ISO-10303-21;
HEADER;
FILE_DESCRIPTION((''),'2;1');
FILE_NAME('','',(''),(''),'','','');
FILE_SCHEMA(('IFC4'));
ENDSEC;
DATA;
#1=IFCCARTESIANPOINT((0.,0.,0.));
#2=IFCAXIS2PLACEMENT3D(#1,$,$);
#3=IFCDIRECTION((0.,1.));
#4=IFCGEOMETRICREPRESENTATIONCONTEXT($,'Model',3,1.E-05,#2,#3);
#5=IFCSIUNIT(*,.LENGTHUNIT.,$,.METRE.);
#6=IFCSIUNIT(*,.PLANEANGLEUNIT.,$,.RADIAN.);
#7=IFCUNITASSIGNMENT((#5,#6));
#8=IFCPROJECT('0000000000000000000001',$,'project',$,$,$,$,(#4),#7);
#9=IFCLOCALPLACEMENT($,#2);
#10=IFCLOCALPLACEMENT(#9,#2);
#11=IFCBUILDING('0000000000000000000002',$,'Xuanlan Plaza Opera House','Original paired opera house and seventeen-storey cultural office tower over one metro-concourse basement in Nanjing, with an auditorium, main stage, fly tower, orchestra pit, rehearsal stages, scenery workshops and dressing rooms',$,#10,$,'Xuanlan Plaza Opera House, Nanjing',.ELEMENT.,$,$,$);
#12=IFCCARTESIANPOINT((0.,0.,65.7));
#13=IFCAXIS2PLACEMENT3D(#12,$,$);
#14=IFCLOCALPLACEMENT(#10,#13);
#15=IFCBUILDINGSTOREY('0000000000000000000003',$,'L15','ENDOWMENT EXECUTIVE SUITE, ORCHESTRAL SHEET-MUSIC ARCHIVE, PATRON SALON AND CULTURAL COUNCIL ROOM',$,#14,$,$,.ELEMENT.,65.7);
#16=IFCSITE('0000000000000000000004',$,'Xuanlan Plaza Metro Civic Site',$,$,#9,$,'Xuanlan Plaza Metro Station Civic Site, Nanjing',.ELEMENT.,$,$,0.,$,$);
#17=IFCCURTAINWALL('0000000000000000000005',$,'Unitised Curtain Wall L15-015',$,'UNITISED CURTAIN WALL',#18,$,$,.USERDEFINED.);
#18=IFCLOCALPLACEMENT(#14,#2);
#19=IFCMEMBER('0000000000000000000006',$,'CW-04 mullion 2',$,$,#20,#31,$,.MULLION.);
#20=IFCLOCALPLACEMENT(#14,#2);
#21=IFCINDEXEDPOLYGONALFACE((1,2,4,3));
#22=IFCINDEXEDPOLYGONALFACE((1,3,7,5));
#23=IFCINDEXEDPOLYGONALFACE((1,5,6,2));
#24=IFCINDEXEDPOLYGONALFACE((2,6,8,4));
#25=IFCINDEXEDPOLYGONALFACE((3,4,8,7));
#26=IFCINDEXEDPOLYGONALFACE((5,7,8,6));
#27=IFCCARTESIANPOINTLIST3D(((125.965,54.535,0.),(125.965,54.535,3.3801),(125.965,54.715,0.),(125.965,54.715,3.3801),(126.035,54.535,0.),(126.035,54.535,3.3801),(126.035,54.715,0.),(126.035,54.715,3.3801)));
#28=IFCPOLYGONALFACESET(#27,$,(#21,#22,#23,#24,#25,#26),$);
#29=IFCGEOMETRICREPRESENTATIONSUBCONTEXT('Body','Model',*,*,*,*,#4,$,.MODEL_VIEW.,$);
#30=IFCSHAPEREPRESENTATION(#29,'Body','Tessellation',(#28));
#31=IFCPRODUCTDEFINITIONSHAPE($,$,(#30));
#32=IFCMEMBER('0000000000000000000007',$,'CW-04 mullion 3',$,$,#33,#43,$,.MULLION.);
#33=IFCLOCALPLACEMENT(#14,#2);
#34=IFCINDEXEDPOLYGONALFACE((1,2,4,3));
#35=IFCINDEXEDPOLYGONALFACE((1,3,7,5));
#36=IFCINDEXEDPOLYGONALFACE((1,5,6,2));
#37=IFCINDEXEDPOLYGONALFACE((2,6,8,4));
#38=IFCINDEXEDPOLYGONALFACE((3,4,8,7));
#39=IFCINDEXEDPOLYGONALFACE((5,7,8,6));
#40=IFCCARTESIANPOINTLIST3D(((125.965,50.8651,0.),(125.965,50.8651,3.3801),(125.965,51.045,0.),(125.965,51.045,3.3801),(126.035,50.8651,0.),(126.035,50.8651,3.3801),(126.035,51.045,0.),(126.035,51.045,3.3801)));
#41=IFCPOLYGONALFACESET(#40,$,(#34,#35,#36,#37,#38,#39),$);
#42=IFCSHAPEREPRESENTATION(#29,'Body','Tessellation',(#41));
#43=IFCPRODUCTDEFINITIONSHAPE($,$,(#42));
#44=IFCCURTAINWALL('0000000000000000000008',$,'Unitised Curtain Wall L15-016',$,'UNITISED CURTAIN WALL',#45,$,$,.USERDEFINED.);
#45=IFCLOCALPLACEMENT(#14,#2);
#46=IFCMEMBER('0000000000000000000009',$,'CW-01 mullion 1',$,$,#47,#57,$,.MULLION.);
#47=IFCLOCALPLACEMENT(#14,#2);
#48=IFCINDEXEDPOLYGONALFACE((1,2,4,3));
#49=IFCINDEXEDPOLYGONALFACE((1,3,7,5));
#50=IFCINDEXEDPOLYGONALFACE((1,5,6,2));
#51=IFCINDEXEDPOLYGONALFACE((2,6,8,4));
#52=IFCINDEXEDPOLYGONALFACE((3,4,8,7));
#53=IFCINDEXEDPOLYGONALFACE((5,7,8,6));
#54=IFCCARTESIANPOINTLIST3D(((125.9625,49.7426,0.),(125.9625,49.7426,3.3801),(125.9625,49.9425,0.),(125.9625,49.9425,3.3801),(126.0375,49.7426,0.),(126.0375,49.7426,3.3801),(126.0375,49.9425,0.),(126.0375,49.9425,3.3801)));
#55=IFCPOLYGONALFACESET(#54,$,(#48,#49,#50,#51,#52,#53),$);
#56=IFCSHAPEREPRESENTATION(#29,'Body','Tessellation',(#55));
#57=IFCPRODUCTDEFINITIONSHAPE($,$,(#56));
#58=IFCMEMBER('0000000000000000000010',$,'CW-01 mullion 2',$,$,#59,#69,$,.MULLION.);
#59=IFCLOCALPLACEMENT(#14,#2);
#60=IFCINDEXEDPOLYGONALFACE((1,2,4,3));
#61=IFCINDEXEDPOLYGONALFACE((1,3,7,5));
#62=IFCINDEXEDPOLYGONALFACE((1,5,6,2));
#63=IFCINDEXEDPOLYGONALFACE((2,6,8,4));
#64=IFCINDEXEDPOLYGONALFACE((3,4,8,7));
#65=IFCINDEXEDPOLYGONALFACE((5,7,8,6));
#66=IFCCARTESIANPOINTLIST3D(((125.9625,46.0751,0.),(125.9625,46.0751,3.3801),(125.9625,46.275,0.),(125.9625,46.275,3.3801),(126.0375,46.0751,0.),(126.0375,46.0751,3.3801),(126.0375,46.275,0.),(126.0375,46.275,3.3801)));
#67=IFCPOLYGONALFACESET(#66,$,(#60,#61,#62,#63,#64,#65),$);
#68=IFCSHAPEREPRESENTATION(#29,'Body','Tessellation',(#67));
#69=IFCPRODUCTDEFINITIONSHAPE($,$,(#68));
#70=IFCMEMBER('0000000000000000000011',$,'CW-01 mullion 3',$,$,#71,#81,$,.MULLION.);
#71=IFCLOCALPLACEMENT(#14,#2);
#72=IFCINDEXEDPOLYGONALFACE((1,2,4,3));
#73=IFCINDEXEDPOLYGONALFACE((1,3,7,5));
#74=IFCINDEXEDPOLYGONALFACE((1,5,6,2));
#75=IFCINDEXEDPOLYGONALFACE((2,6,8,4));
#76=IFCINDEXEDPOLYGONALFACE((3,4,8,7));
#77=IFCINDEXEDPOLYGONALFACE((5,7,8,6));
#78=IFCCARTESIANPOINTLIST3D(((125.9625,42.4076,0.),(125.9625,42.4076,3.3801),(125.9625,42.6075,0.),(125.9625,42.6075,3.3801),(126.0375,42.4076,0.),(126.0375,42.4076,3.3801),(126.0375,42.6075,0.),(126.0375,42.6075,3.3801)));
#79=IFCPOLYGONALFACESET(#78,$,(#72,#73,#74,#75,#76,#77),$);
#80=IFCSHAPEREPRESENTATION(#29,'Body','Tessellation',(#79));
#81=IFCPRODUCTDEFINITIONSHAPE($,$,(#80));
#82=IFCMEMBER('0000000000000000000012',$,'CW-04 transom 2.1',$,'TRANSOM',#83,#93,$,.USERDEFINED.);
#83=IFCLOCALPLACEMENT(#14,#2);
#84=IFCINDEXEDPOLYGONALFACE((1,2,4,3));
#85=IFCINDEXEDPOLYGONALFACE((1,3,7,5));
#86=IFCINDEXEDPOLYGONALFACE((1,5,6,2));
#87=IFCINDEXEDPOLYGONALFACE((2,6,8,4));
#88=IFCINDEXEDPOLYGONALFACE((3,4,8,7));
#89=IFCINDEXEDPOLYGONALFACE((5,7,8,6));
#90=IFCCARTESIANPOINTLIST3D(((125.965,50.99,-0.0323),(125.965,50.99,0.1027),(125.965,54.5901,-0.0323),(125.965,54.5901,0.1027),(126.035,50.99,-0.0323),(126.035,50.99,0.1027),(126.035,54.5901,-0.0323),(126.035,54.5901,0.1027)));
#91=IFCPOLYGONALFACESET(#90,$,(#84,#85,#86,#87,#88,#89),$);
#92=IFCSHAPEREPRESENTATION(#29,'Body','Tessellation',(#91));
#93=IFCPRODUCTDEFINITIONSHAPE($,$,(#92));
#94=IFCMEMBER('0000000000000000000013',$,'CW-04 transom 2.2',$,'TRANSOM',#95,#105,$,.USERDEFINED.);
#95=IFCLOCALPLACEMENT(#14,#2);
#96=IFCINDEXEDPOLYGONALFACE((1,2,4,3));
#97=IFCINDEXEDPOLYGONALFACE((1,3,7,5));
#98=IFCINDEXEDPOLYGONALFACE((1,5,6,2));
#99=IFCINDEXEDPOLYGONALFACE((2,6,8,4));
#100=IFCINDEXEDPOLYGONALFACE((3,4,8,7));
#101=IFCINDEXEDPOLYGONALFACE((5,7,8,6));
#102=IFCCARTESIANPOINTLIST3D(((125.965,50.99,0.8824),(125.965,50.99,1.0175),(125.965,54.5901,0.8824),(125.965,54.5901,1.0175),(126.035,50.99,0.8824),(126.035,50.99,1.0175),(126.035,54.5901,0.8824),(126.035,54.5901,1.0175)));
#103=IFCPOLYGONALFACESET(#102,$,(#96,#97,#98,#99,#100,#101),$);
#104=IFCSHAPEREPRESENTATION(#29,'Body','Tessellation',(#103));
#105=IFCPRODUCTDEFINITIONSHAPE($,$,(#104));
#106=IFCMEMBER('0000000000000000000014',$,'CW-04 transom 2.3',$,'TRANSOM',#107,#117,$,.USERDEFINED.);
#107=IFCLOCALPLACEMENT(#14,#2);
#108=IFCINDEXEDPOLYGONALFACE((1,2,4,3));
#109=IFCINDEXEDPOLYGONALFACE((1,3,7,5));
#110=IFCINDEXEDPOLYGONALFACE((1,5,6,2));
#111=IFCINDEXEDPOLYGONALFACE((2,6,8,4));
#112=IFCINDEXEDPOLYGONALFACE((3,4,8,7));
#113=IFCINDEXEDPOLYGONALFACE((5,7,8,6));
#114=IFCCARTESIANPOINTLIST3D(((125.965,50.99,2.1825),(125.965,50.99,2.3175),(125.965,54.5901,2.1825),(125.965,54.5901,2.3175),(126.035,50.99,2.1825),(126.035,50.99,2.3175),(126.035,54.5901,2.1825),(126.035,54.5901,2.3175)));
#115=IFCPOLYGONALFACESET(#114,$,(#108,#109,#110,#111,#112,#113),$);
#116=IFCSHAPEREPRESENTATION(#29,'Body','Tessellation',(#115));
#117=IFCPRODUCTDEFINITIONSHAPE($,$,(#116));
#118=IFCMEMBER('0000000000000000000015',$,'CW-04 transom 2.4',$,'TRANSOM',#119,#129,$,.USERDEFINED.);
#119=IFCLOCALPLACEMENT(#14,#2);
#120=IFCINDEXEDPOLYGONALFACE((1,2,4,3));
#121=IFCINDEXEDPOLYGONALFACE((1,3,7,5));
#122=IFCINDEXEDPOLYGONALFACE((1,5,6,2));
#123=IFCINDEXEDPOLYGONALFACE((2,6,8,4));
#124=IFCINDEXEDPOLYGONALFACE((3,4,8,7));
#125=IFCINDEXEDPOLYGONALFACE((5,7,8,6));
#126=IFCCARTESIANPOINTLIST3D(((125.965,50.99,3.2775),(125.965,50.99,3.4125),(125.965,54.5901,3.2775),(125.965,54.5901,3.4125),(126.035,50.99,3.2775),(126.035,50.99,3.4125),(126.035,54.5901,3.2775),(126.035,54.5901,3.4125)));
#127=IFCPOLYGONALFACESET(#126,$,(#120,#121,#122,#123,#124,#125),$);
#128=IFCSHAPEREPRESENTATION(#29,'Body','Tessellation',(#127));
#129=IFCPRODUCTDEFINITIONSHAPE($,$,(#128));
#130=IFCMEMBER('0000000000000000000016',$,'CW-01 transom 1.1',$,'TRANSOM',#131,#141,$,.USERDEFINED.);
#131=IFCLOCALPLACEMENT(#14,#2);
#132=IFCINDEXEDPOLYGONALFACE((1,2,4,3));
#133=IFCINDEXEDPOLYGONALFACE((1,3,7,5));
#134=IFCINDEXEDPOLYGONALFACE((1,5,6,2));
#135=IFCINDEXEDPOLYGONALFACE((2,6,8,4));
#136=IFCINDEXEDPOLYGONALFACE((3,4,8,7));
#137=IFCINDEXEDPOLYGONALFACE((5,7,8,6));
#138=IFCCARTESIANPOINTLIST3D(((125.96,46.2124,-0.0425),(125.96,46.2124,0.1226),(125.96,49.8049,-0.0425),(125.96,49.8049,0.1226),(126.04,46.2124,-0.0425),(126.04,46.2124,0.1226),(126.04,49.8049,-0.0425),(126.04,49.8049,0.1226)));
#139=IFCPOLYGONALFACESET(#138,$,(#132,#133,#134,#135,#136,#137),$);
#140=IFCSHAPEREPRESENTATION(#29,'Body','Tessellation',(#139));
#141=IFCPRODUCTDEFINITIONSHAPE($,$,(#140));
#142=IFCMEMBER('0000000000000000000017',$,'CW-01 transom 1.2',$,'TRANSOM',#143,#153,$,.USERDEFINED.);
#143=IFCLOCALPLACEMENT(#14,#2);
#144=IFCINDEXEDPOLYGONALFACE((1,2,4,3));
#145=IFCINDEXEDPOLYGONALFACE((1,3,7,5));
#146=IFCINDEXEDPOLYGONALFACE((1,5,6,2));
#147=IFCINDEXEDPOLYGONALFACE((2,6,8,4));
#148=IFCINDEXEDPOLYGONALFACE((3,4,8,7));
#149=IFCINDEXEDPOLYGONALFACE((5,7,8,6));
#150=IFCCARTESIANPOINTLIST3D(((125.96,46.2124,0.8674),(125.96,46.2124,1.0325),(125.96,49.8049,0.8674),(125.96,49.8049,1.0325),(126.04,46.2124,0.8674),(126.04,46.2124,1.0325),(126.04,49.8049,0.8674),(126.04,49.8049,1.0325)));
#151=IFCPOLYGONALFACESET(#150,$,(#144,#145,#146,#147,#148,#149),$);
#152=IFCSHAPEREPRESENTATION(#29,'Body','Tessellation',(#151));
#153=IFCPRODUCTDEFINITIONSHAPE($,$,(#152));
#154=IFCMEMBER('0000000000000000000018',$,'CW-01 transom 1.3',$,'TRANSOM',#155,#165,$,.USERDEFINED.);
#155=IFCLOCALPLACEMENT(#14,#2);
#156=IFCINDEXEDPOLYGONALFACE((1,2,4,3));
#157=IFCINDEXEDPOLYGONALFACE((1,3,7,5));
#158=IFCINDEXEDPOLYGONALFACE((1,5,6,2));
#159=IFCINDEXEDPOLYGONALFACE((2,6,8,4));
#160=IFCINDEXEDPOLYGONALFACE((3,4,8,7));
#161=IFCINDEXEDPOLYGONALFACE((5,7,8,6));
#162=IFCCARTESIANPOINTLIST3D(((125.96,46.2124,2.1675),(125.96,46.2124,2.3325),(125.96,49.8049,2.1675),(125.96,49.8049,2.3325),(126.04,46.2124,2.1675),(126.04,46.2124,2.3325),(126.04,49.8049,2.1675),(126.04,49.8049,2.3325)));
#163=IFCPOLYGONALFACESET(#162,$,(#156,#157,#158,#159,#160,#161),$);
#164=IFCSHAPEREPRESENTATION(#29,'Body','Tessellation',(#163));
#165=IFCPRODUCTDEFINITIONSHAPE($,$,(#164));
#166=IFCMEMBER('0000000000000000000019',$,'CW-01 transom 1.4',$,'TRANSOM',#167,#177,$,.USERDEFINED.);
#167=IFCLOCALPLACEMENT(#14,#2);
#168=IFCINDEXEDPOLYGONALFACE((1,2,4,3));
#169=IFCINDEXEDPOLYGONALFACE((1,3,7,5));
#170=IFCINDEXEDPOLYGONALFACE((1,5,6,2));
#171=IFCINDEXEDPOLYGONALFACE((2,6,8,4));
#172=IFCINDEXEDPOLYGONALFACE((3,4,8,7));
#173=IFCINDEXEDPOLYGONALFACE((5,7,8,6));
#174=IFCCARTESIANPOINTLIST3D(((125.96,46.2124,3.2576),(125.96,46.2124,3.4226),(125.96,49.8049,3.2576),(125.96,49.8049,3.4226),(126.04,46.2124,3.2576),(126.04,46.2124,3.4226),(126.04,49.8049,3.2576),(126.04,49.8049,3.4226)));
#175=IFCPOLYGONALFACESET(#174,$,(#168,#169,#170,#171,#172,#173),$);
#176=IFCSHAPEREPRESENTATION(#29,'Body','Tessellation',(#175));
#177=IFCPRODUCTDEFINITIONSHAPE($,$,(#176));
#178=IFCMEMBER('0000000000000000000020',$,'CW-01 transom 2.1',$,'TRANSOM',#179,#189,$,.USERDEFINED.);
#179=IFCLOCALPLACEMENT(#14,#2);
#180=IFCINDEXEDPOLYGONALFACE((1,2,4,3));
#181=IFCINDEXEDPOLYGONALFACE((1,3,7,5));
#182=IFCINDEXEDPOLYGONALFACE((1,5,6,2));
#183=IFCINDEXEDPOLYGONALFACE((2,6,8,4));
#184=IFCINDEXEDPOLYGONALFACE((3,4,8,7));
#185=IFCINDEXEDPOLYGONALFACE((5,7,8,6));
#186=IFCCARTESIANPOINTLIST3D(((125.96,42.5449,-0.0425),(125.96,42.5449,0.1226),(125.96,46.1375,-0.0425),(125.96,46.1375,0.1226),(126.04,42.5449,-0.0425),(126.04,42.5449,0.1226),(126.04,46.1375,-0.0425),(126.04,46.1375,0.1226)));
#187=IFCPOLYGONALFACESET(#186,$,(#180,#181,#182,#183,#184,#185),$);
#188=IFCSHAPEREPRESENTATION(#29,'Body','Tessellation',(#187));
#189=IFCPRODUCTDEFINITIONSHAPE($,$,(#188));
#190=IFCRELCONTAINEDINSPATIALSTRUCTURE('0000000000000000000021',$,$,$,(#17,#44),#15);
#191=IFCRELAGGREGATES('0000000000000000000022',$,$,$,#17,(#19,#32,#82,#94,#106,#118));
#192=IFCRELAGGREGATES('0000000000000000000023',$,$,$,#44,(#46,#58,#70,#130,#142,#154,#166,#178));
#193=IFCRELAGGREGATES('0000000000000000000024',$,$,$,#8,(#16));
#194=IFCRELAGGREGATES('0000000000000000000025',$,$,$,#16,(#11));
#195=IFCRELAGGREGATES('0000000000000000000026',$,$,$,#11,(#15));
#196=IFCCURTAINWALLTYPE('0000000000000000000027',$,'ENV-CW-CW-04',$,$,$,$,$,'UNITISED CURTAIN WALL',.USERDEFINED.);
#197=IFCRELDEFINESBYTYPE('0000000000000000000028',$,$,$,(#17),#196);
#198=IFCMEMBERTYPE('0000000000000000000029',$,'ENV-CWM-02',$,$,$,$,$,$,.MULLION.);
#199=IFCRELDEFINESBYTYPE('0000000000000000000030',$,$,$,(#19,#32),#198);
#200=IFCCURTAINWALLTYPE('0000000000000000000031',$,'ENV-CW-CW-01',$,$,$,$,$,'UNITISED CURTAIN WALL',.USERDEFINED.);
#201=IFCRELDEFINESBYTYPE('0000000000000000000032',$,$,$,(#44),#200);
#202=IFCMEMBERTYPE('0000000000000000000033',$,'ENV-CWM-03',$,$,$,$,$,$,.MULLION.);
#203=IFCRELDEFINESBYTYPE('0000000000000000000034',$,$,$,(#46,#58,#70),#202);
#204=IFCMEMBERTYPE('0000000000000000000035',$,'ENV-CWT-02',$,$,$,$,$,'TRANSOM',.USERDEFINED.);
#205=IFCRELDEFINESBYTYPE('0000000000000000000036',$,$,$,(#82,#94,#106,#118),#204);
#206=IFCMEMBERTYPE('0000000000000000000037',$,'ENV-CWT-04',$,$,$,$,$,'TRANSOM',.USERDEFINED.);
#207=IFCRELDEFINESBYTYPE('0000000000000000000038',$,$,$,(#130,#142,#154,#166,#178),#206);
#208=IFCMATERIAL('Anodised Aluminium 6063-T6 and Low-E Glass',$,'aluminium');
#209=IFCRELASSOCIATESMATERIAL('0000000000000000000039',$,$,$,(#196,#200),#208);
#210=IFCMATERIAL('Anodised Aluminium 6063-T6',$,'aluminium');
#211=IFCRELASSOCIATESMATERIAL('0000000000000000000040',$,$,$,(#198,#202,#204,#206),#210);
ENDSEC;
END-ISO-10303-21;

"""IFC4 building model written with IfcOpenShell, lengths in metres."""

from ifc_helpers import new_model, si_unit, direction, frame, origin, origin_2d, place, context, subcontext, project, spatial, rectangle, extrude, material, material_profile, profile_set, type_object, element, aggregate, save


model = new_model("IFC4")

# Units and contexts
model_context = context("Model", 3, precision=1e-05, world=origin(), true_north=direction((0.0, 1.0)))
body_context = subcontext(model_context, "Body", "Model", "MODEL_VIEW")
ifc_project = project(units=[si_unit("LENGTHUNIT", "METRE"), si_unit("PLANEANGLEUNIT", "RADIAN")], contexts=[model_context])

# Site, building, storey
site_placement = place(None, origin())
site = spatial("IfcSite", under=ifc_project, at=site_placement, Name="Xuanlan Plaza Metro Civic Site", LongName="Xuanlan Plaza Metro Station Civic Site, Nanjing", CompositionType="ELEMENT", RefElevation=0.0)
building_placement = place(site_placement, origin())
building = spatial("IfcBuilding", under=site, at=building_placement, Name="Xuanlan Plaza Opera House", Description="Original paired opera house and seventeen-storey cultural office tower over one metro-concourse basement in Nanjing, with an auditorium, main stage, fly tower, orchestra pit, rehearsal stages, scenery workshops and dressing rooms", LongName="Xuanlan Plaza Opera House, Nanjing", CompositionType="ELEMENT")
storey_placement = place(building_placement, frame((0.0, 0.0, 65.7)))
storey = spatial("IfcBuildingStorey", under=building, at=storey_placement, Name="L15", Description="ENDOWMENT EXECUTIVE SUITE, ORCHESTRAL SHEET-MUSIC ARCHIVE, PATRON SALON AND CULTURAL COUNCIL ROOM", CompositionType="ELEMENT", Elevation=65.7)

# Curtain walls, members
ifc_material_1 = material(Name="Anodised Aluminium 6063-T6 and Low-E Glass", Category="aluminium")
curtain_wall_type_1 = type_object("IfcCurtainWallType", Name="ENV-CW-CW-04", ElementType="UNITISED CURTAIN WALL", PredefinedType="USERDEFINED", material=ifc_material_1)
curtain_wall_1_placement = place(storey_placement, origin())
curtain_wall_1 = element("IfcCurtainWall", 1, at=curtain_wall_1_placement, inside=storey, type_object=curtain_wall_type_1, Name="Unitised Curtain Wall L15-015", ObjectType="UNITISED CURTAIN WALL", PredefinedType="USERDEFINED")
ifc_material_2 = material(Name="Anodised Aluminium 6063-T6", Category="aluminium")
ifc_material_profile_1 = material_profile(ifc_material_2, rectangle(XDim=0.0701, YDim=0.1799, at=origin_2d()), Name="ALU-M 70x180")
ifc_profile_set_1 = profile_set([ifc_material_profile_1], Name="Anodised Aluminium 6063-T6")
member_type_1 = type_object("IfcMemberType", Name="ENV-CWM-02", PredefinedType="MULLION", material=ifc_profile_set_1)
member_1_placement = place(storey_placement, frame((126.0, 54.625, 0.0), z_axis=(0.0, 0.0, 1.0), x_axis=(1.0, 0.0, 0.0)))
member_1 = element("IfcMember", 2, at=member_1_placement, type_object=member_type_1, Name="CW-04 mullion 2", PredefinedType="MULLION", context=body_context, shape_type="SweptSolid", body=[
    extrude(rectangle(XDim=0.0701, YDim=0.1799, at=origin_2d()), origin(), (0.0, 0.0, 1.0), 3.3801),
])
member_2_placement = place(storey_placement, frame((126.0, 50.9551, 0.0), z_axis=(0.0, 0.0, 1.0), x_axis=(1.0, 0.0, 0.0)))
member_2 = element("IfcMember", 3, at=member_2_placement, type_object=member_type_1, Name="CW-04 mullion 3", PredefinedType="MULLION", context=body_context, shape_type="SweptSolid", body=[
    extrude(rectangle(XDim=0.0701, YDim=0.1799, at=origin_2d()), origin(), (0.0, 0.0, 1.0), 3.3801),
])
curtain_wall_type_2 = type_object("IfcCurtainWallType", Name="ENV-CW-CW-01", ElementType="UNITISED CURTAIN WALL", PredefinedType="USERDEFINED", material=ifc_material_1)
curtain_wall_2_placement = place(storey_placement, origin())
curtain_wall_2 = element("IfcCurtainWall", 4, at=curtain_wall_2_placement, inside=storey, type_object=curtain_wall_type_2, Name="Unitised Curtain Wall L15-016", ObjectType="UNITISED CURTAIN WALL", PredefinedType="USERDEFINED")
ifc_material_profile_2 = material_profile(ifc_material_2, rectangle(XDim=0.075, YDim=0.2, at=origin_2d()), Name="ALU-M 75x200")
ifc_profile_set_2 = profile_set([ifc_material_profile_2], Name="Anodised Aluminium 6063-T6")
member_type_2 = type_object("IfcMemberType", Name="ENV-CWM-03", PredefinedType="MULLION", material=ifc_profile_set_2)
member_3_placement = place(storey_placement, frame((126.0, 49.8425, 0.0), z_axis=(0.0, 0.0, 1.0), x_axis=(1.0, 0.0, 0.0)))
member_3 = element("IfcMember", 5, at=member_3_placement, type_object=member_type_2, Name="CW-01 mullion 1", PredefinedType="MULLION", context=body_context, shape_type="SweptSolid", body=[
    extrude(rectangle(XDim=0.075, YDim=0.2, at=origin_2d()), origin(), (0.0, 0.0, 1.0), 3.3801),
])
member_4_placement = place(storey_placement, frame((126.0, 46.175, 0.0), z_axis=(0.0, 0.0, 1.0), x_axis=(1.0, 0.0, 0.0)))
member_4 = element("IfcMember", 6, at=member_4_placement, type_object=member_type_2, Name="CW-01 mullion 2", PredefinedType="MULLION", context=body_context, shape_type="SweptSolid", body=[
    extrude(rectangle(XDim=0.075, YDim=0.2, at=origin_2d()), origin(), (0.0, 0.0, 1.0), 3.3801),
])
member_5_placement = place(storey_placement, frame((126.0, 42.5076, 0.0), z_axis=(0.0, 0.0, 1.0), x_axis=(1.0, 0.0, 0.0)))
member_5 = element("IfcMember", 7, at=member_5_placement, type_object=member_type_2, Name="CW-01 mullion 3", PredefinedType="MULLION", context=body_context, shape_type="SweptSolid", body=[
    extrude(rectangle(XDim=0.075, YDim=0.2, at=origin_2d()), origin(), (0.0, 0.0, 1.0), 3.3801),
])

# Members
ifc_material_profile_3 = material_profile(ifc_material_2, rectangle(XDim=0.0701, YDim=0.135, at=origin_2d()), Name="ALU-T 70x135")
ifc_profile_set_3 = profile_set([ifc_material_profile_3], Name="Anodised Aluminium 6063-T6")
member_type_3 = type_object("IfcMemberType", Name="ENV-CWT-02", ElementType="TRANSOM", PredefinedType="USERDEFINED", material=ifc_profile_set_3)
member_6_placement = place(storey_placement, frame((126.0, 54.5901, 0.0352), z_axis=(0.0, -1.0, 0.0), x_axis=(1.0, 0.0, 0.0)))
member_6 = element("IfcMember", 8, at=member_6_placement, type_object=member_type_3, Name="CW-04 transom 2.1", ObjectType="TRANSOM", PredefinedType="USERDEFINED", context=body_context, shape_type="SweptSolid", body=[
    extrude(rectangle(XDim=0.0701, YDim=0.135, at=origin_2d()), origin(), (0.0, 0.0, 1.0), 3.6001),
])
member_7_placement = place(storey_placement, frame((126.0, 54.5901, 0.95), z_axis=(0.0, -1.0, 0.0), x_axis=(1.0, 0.0, 0.0)))
member_7 = element("IfcMember", 9, at=member_7_placement, type_object=member_type_3, Name="CW-04 transom 2.2", ObjectType="TRANSOM", PredefinedType="USERDEFINED", context=body_context, shape_type="SweptSolid", body=[
    extrude(rectangle(XDim=0.0701, YDim=0.135, at=origin_2d()), origin(), (0.0, 0.0, 1.0), 3.6001),
])
member_8_placement = place(storey_placement, frame((126.0, 54.5901, 2.25), z_axis=(0.0, -1.0, 0.0), x_axis=(1.0, 0.0, 0.0)))
member_8 = element("IfcMember", 10, at=member_8_placement, type_object=member_type_3, Name="CW-04 transom 2.3", ObjectType="TRANSOM", PredefinedType="USERDEFINED", context=body_context, shape_type="SweptSolid", body=[
    extrude(rectangle(XDim=0.0701, YDim=0.135, at=origin_2d()), origin(), (0.0, 0.0, 1.0), 3.6001),
])
member_9_placement = place(storey_placement, frame((126.0, 54.5901, 3.345), z_axis=(0.0, -1.0, 0.0), x_axis=(1.0, 0.0, 0.0)))
member_9 = element("IfcMember", 11, at=member_9_placement, type_object=member_type_3, Name="CW-04 transom 2.4", ObjectType="TRANSOM", PredefinedType="USERDEFINED", context=body_context, shape_type="SweptSolid", body=[
    extrude(rectangle(XDim=0.0701, YDim=0.135, at=origin_2d()), origin(), (0.0, 0.0, 1.0), 3.6001),
])
ifc_material_profile_4 = material_profile(ifc_material_2, rectangle(XDim=0.0801, YDim=0.165, at=origin_2d()), Name="ALU-T 80x165")
ifc_profile_set_4 = profile_set([ifc_material_profile_4], Name="Anodised Aluminium 6063-T6")
member_type_4 = type_object("IfcMemberType", Name="ENV-CWT-04", ElementType="TRANSOM", PredefinedType="USERDEFINED", material=ifc_profile_set_4)
member_10_placement = place(storey_placement, frame((126.0, 49.8049, 0.04), z_axis=(0.0, -1.0, 0.0), x_axis=(1.0, 0.0, 0.0)))
member_10 = element("IfcMember", 12, at=member_10_placement, type_object=member_type_4, Name="CW-01 transom 1.1", ObjectType="TRANSOM", PredefinedType="USERDEFINED", context=body_context, shape_type="SweptSolid", body=[
    extrude(rectangle(XDim=0.0801, YDim=0.165, at=origin_2d()), origin(), (0.0, 0.0, 1.0), 3.5925),
])
member_11_placement = place(storey_placement, frame((126.0, 49.8049, 0.95), z_axis=(0.0, -1.0, 0.0), x_axis=(1.0, 0.0, 0.0)))
member_11 = element("IfcMember", 13, at=member_11_placement, type_object=member_type_4, Name="CW-01 transom 1.2", ObjectType="TRANSOM", PredefinedType="USERDEFINED", context=body_context, shape_type="SweptSolid", body=[
    extrude(rectangle(XDim=0.0801, YDim=0.165, at=origin_2d()), origin(), (0.0, 0.0, 1.0), 3.5925),
])
member_12_placement = place(storey_placement, frame((126.0, 49.8049, 2.25), z_axis=(0.0, -1.0, 0.0), x_axis=(1.0, 0.0, 0.0)))
member_12 = element("IfcMember", 14, at=member_12_placement, type_object=member_type_4, Name="CW-01 transom 1.3", ObjectType="TRANSOM", PredefinedType="USERDEFINED", context=body_context, shape_type="SweptSolid", body=[
    extrude(rectangle(XDim=0.0801, YDim=0.165, at=origin_2d()), origin(), (0.0, 0.0, 1.0), 3.5925),
])
member_13_placement = place(storey_placement, frame((126.0, 49.8049, 3.3401), z_axis=(0.0, -1.0, 0.0), x_axis=(1.0, 0.0, 0.0)))
member_13 = element("IfcMember", 15, at=member_13_placement, type_object=member_type_4, Name="CW-01 transom 1.4", ObjectType="TRANSOM", PredefinedType="USERDEFINED", context=body_context, shape_type="SweptSolid", body=[
    extrude(rectangle(XDim=0.0801, YDim=0.165, at=origin_2d()), origin(), (0.0, 0.0, 1.0), 3.5925),
])
member_14_placement = place(storey_placement, frame((126.0, 46.1375, 0.04), z_axis=(0.0, -1.0, 0.0), x_axis=(1.0, 0.0, 0.0)))
member_14 = element("IfcMember", 16, at=member_14_placement, type_object=member_type_4, Name="CW-01 transom 2.1", ObjectType="TRANSOM", PredefinedType="USERDEFINED", context=body_context, shape_type="SweptSolid", body=[
    extrude(rectangle(XDim=0.0801, YDim=0.165, at=origin_2d()), origin(), (0.0, 0.0, 1.0), 3.5925),
])

aggregate(curtain_wall_1, [member_1, member_2, member_6, member_7, member_8, member_9])
aggregate(curtain_wall_2, [member_3, member_4, member_5, member_10, member_11, member_12, member_13, member_14])

save(model, "model.ifc")
